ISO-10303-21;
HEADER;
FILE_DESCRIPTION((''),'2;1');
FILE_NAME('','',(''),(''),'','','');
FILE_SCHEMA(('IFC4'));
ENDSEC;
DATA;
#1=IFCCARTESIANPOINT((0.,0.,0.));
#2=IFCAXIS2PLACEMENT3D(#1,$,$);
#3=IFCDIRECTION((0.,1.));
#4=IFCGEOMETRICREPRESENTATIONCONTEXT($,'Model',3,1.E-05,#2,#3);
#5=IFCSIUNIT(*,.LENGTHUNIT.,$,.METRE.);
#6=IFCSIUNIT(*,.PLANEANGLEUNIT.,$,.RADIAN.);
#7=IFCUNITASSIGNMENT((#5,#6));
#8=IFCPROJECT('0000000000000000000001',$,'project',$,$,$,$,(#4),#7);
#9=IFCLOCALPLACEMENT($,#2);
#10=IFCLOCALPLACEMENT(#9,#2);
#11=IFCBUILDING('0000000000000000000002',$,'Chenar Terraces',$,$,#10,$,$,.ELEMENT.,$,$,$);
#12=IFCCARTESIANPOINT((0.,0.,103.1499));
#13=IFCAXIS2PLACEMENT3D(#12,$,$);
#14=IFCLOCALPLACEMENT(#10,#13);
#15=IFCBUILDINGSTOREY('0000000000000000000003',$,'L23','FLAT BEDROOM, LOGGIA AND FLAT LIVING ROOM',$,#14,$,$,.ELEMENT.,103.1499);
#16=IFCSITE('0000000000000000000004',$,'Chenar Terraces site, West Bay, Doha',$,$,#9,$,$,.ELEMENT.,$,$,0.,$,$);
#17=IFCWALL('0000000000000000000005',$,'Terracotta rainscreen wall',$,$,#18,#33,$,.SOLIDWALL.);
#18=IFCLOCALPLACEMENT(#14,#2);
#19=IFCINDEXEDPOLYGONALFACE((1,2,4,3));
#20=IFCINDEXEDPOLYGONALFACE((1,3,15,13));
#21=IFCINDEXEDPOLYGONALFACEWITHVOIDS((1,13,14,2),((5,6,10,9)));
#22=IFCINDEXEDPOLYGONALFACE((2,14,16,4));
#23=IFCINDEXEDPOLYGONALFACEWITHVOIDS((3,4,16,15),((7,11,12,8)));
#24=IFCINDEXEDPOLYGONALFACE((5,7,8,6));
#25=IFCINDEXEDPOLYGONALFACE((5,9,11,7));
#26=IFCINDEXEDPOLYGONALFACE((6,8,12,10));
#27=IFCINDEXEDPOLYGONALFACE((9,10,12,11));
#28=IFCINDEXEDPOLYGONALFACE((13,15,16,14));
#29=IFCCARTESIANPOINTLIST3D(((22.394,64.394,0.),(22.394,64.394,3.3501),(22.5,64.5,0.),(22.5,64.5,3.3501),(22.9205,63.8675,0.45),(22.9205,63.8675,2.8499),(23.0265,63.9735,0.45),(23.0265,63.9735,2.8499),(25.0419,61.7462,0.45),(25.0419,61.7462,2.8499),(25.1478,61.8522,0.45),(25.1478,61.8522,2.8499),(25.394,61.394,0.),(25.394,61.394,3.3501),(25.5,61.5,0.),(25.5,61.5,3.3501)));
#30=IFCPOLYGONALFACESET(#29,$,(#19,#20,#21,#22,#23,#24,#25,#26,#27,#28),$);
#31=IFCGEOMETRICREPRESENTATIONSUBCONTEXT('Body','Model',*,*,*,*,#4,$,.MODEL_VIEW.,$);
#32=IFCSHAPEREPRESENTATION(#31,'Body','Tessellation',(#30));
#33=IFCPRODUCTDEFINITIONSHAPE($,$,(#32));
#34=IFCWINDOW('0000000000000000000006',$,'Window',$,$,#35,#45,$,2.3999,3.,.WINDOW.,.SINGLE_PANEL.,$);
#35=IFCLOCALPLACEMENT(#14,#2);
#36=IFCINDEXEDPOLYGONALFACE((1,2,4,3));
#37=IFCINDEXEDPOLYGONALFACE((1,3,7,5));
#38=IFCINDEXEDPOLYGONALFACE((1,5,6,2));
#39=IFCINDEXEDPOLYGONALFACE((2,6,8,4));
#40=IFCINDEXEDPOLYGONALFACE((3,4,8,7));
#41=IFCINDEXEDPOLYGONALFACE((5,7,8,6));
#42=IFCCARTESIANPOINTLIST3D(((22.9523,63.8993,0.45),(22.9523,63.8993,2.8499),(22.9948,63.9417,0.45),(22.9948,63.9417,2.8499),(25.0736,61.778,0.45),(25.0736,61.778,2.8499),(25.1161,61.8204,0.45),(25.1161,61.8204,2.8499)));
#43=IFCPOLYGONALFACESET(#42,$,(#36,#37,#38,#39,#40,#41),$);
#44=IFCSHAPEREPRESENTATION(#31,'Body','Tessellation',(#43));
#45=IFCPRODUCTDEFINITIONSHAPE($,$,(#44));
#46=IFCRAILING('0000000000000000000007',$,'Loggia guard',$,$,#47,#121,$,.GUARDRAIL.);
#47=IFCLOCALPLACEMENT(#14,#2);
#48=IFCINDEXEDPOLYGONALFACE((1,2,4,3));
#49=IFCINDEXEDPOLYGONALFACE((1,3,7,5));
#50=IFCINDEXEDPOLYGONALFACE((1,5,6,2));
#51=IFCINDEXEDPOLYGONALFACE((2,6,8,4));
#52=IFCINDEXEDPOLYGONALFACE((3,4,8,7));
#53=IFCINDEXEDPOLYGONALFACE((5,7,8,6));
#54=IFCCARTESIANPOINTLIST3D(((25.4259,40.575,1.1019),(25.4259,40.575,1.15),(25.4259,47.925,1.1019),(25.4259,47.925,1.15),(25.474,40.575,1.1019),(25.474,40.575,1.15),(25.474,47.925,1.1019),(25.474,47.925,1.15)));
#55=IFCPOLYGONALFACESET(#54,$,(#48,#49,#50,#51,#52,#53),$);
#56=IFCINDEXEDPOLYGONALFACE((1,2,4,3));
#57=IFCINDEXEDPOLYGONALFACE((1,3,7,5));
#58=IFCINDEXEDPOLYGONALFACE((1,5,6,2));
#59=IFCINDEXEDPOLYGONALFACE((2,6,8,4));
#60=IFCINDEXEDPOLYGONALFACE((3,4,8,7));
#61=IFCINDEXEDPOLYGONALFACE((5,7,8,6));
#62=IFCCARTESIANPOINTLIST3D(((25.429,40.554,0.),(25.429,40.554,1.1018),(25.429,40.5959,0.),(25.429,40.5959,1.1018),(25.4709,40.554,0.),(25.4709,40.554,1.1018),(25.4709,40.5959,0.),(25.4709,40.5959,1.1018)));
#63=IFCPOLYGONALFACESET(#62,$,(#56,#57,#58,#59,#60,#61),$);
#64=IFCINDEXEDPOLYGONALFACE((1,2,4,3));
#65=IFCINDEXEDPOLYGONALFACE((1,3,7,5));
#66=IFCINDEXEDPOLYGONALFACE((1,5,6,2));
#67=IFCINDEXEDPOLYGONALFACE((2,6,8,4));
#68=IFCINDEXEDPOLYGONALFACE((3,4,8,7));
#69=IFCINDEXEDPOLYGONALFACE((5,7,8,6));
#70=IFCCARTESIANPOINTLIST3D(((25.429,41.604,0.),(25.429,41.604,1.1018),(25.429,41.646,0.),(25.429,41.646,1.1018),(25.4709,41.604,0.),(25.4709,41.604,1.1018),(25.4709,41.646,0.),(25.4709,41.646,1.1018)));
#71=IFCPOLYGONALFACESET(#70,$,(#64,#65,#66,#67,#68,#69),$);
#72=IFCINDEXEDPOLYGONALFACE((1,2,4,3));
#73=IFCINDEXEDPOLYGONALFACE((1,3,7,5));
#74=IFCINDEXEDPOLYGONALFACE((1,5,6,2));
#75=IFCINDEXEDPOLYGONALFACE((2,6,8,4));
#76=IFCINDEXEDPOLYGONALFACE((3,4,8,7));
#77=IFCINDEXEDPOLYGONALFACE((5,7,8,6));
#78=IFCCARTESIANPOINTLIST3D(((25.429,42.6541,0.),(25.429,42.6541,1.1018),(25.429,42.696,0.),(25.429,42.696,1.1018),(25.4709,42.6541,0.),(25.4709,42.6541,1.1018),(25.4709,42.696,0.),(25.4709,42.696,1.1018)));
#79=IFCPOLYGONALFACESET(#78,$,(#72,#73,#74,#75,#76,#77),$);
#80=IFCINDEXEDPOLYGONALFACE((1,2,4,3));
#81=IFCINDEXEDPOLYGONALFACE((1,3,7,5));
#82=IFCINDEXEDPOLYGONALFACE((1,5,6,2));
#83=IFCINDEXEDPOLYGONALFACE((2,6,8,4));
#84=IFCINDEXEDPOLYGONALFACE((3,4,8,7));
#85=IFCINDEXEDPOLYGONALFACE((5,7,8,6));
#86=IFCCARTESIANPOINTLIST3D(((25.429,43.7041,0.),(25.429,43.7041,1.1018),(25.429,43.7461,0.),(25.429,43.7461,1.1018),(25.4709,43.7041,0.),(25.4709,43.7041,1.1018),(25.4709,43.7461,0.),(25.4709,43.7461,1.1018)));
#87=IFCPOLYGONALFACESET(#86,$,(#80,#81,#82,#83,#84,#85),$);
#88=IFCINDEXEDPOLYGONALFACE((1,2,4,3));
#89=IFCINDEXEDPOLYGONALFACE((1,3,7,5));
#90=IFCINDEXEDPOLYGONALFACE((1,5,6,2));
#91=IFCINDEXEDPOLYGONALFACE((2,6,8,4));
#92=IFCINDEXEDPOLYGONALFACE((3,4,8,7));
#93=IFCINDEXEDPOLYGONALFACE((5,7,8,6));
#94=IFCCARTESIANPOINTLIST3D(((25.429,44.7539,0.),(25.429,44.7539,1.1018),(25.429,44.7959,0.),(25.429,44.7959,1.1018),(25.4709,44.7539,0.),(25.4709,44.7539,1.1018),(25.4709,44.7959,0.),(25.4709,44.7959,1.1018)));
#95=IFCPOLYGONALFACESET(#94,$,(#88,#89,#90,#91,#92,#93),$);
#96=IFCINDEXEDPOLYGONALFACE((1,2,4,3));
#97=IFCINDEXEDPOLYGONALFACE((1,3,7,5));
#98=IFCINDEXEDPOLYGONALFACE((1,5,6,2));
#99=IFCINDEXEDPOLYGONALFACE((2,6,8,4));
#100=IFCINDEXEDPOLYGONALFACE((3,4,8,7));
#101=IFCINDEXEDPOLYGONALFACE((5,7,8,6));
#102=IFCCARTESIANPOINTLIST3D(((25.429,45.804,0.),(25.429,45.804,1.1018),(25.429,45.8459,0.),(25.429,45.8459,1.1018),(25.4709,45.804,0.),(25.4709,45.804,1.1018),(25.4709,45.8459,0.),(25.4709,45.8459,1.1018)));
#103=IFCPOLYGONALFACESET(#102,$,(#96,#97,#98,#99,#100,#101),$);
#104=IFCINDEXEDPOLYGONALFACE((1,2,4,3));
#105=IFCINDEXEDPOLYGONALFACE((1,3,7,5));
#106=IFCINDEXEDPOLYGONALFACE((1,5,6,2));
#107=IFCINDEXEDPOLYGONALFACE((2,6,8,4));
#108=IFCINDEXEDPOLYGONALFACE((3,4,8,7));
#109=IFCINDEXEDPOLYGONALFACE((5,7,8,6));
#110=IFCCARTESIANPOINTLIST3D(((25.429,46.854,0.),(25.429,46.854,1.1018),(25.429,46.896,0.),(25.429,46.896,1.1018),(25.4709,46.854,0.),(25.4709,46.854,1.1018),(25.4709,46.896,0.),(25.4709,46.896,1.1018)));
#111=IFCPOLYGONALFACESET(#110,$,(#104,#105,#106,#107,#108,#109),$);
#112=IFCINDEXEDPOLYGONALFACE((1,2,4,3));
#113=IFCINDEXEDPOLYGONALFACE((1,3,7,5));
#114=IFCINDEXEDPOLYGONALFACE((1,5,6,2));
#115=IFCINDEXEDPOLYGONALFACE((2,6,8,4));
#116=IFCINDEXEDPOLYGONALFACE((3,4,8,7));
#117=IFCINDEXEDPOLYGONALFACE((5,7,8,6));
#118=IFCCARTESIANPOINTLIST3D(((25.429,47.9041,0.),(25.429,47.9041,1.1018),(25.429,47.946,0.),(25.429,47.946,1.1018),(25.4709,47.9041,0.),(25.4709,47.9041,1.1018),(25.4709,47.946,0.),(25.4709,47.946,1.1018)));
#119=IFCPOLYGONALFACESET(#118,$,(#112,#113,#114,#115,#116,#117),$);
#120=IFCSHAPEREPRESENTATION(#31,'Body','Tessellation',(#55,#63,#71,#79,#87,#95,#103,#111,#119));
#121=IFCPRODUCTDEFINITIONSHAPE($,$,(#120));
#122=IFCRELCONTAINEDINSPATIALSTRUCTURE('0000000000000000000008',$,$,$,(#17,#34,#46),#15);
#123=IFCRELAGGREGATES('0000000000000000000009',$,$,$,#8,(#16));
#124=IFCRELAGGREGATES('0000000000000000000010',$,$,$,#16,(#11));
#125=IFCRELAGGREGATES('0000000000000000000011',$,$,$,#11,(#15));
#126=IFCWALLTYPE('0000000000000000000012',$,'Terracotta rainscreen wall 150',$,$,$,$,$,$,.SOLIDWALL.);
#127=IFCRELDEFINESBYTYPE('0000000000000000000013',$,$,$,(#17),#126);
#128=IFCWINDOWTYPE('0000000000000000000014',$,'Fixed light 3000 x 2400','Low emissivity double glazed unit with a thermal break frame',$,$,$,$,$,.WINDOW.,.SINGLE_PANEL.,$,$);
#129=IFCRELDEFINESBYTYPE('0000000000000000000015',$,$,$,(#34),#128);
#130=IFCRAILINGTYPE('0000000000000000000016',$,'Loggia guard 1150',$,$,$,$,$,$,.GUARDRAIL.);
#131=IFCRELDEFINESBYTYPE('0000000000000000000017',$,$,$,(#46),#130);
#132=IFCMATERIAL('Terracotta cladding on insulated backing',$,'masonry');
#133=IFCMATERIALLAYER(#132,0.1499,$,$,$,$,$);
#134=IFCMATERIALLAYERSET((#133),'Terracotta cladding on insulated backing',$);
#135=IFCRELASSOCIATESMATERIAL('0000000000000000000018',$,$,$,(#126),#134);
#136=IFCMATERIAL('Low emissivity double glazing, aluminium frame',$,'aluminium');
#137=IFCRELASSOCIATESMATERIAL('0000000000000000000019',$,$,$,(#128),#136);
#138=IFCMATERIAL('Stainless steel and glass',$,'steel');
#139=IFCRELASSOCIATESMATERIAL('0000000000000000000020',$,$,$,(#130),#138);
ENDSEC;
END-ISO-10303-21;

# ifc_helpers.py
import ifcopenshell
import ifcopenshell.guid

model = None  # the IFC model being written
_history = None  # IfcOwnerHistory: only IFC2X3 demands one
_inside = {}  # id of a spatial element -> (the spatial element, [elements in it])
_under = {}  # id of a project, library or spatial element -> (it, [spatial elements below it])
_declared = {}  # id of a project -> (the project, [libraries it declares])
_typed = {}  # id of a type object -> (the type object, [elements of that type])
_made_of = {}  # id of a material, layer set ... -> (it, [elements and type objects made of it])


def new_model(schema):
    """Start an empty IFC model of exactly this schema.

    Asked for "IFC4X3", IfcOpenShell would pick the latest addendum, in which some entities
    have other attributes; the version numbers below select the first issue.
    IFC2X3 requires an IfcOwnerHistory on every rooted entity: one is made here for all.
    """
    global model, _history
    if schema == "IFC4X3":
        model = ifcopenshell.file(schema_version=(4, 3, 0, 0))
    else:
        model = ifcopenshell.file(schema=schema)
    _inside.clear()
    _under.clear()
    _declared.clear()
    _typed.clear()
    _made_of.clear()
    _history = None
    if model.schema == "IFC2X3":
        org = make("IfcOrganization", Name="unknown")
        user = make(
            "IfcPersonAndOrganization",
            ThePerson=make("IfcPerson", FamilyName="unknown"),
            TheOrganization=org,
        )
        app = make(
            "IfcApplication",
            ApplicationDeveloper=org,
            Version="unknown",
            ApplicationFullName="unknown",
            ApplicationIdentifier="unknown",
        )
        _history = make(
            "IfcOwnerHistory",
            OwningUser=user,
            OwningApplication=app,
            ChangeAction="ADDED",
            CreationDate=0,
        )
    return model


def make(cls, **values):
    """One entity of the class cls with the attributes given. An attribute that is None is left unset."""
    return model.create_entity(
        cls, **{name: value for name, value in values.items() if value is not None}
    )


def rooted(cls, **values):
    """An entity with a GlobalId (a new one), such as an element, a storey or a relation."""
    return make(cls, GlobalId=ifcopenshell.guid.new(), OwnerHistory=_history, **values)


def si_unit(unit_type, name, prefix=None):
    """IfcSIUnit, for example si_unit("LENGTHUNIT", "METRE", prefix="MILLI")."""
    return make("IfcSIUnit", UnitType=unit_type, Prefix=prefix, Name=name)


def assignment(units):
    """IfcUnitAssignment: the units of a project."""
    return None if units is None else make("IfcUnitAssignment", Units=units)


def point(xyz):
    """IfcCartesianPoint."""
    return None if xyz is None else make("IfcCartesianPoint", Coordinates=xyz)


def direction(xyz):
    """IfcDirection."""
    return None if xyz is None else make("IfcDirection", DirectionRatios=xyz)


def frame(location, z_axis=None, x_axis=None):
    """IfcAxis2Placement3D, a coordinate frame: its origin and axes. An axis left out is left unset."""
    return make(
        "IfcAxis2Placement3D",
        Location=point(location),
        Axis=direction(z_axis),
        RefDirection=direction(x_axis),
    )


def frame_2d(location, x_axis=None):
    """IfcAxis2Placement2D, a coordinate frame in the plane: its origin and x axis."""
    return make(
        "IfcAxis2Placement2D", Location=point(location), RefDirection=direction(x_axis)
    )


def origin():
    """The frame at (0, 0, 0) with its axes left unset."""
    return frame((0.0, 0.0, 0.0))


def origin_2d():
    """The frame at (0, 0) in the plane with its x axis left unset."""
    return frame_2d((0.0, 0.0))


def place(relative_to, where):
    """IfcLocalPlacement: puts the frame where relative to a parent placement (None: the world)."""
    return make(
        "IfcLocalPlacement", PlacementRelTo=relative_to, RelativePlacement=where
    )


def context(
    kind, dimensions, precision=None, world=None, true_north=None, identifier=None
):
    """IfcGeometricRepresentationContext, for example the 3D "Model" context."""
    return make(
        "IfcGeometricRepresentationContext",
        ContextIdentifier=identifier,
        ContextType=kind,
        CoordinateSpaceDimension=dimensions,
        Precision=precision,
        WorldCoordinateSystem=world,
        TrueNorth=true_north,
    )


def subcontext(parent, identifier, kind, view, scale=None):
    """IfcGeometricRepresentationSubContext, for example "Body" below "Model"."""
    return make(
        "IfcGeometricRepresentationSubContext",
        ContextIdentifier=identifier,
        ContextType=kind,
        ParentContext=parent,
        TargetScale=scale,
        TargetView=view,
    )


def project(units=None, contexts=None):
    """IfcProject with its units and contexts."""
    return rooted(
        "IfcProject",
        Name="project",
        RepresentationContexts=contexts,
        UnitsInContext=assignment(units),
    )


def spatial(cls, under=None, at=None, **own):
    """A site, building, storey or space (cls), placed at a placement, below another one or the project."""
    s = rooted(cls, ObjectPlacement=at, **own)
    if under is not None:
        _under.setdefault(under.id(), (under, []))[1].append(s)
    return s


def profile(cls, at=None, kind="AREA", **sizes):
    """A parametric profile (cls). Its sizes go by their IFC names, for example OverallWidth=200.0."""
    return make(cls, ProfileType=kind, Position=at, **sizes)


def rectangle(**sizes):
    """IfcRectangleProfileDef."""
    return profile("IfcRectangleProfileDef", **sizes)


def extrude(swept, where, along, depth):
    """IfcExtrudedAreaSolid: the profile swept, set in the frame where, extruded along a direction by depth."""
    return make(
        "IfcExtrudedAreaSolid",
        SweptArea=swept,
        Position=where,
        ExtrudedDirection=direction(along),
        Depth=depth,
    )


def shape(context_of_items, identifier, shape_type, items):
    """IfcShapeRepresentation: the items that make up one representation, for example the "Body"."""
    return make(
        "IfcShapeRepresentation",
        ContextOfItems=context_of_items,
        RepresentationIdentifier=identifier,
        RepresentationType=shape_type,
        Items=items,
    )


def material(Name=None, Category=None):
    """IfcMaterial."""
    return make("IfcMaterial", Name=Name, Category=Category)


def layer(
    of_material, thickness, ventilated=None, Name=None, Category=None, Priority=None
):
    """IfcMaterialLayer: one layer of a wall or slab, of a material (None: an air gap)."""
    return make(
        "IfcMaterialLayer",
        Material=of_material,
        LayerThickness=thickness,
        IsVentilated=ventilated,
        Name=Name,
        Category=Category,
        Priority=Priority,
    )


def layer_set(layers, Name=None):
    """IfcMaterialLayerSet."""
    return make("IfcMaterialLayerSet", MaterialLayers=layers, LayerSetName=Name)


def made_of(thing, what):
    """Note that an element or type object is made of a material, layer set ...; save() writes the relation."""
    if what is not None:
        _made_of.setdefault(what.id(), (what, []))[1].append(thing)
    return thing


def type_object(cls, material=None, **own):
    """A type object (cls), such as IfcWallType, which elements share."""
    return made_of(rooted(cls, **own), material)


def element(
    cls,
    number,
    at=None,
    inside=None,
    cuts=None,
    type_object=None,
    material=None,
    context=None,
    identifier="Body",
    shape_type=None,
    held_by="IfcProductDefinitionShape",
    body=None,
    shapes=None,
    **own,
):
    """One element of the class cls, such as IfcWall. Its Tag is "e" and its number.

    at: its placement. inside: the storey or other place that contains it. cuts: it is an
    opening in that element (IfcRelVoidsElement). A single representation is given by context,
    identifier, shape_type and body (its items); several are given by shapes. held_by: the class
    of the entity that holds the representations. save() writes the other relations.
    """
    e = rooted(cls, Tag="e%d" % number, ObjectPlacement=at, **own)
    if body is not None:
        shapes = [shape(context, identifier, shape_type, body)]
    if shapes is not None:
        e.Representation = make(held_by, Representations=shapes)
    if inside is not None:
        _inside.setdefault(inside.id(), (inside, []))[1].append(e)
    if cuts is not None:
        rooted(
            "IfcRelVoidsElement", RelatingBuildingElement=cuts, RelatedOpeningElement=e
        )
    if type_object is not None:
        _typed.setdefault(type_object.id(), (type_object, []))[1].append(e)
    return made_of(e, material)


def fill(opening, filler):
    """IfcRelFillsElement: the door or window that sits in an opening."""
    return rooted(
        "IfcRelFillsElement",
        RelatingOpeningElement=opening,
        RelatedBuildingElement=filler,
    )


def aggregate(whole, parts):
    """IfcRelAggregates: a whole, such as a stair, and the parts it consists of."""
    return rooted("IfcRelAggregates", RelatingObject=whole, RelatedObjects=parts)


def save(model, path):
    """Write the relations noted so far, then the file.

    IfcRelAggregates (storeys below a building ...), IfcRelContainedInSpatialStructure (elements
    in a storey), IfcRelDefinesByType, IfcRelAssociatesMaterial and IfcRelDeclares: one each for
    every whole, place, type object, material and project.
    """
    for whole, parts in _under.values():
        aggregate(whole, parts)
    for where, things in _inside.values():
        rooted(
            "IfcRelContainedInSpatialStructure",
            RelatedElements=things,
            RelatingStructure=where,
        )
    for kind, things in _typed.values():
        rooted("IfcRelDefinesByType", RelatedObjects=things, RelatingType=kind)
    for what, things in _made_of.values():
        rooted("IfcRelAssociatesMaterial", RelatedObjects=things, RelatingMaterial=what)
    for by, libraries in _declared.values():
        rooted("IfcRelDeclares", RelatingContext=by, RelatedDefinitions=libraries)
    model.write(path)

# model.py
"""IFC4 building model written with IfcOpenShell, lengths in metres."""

from ifc_helpers import new_model, si_unit, direction, frame, frame_2d, origin, origin_2d, place, context, subcontext, project, spatial, rectangle, extrude, material, layer, layer_set, type_object, element, fill, save


model = new_model("IFC4")

# Units and contexts
model_context = context("Model", 3, precision=1e-05, world=origin(), true_north=direction((0.0, 1.0)))
body_context = subcontext(model_context, "Body", "Model", "MODEL_VIEW")
ifc_project = project(units=[si_unit("LENGTHUNIT", "METRE"), si_unit("PLANEANGLEUNIT", "RADIAN")], contexts=[model_context])

# Site, building, storey
site_placement = place(None, origin())
site = spatial("IfcSite", under=ifc_project, at=site_placement, Name="Chenar Terraces site, West Bay, Doha", CompositionType="ELEMENT", RefElevation=0.0)
building_placement = place(site_placement, origin())
building = spatial("IfcBuilding", under=site, at=building_placement, Name="Chenar Terraces", CompositionType="ELEMENT")
storey_placement = place(building_placement, frame((0.0, 0.0, 103.1499)))
storey = spatial("IfcBuildingStorey", under=building, at=storey_placement, Name="L23", Description="FLAT BEDROOM, LOGGIA AND FLAT LIVING ROOM", CompositionType="ELEMENT", Elevation=103.1499)

# Wall, opening, window
ifc_material_1 = material(Name="Terracotta cladding on insulated backing", Category="masonry")
ifc_layer_1 = layer(ifc_material_1, 0.1499)
ifc_layer_set_1 = layer_set([ifc_layer_1], Name="Terracotta cladding on insulated backing")
wall_type_1 = type_object("IfcWallType", Name="Terracotta rainscreen wall 150", PredefinedType="SOLIDWALL", material=ifc_layer_set_1)
ifc_material_2 = material(Name="Low emissivity double glazing, aluminium frame", Category="aluminium")
window_type_1 = type_object("IfcWindowType", Name="Fixed light 3000 x 2400", Description="Low emissivity double glazed unit with a thermal break frame", PartitioningType="SINGLE_PANEL", PredefinedType="WINDOW", material=ifc_material_2)
wall_1_placement = place(storey_placement, frame((25.447, 61.447, 0.0), z_axis=(0.0, 0.0, 1.0), x_axis=(-0.707107, 0.707107, 0.0)))
wall_1 = element("IfcWall", 1, at=wall_1_placement, inside=storey, type_object=wall_type_1, Name="Terracotta rainscreen wall", PredefinedType="SOLIDWALL", context=body_context, shape_type="SweptSolid", body=[
    extrude(rectangle(XDim=4.2427, YDim=0.1499, at=frame_2d((2.1213, 0.0))), origin(), (0.0, 0.0, 1.0), 3.3501),
])
opening_1_placement = place(wall_1_placement, frame((0.498, 0.0, 0.45)))
opening_1 = element("IfcOpeningElement", 2, at=opening_1_placement, cuts=wall_1, PredefinedType="OPENING", context=body_context, shape_type="SweptSolid", body=[
    extrude(rectangle(XDim=3.0, YDim=2.3999, at=frame_2d((1.5, 1.2))), frame((0.0, 0.085, 0.0), z_axis=(0.0, -1.0, 0.0), x_axis=(1.0, 0.0, 0.0)), (0.0, 0.0, 1.0), 0.1699),
])
window_1_placement = place(opening_1_placement, origin())
window_1 = element("IfcWindow", 3, at=window_1_placement, inside=storey, type_object=window_type_1, Name="Window", OverallHeight=2.3999, OverallWidth=3.0, PartitioningType="SINGLE_PANEL", PredefinedType="WINDOW", context=body_context, shape_type="SweptSolid", body=[
    extrude(rectangle(XDim=3.0, YDim=2.3999, at=frame_2d((1.5, 1.2))), frame((0.0, 0.03, 0.0), z_axis=(0.0, -1.0, 0.0), x_axis=(1.0, 0.0, 0.0)), (0.0, 0.0, 1.0), 0.0601),
])
fill(opening_1, window_1)

# Railing
ifc_material_3 = material(Name="Stainless steel and glass", Category="steel")
railing_type = type_object("IfcRailingType", Name="Loggia guard 1150", PredefinedType="GUARDRAIL", material=ifc_material_3)
railing_placement = place(storey_placement, frame((25.45, 40.575, 0.0)))
element("IfcRailing", 4, at=railing_placement, inside=storey, type_object=railing_type, Name="Loggia guard", PredefinedType="GUARDRAIL", context=body_context, shape_type="SweptSolid", body=[
    extrude(rectangle(XDim=0.0481, YDim=0.0481, at=origin_2d()), frame((0.0, 0.0, 1.126), z_axis=(0.0, 1.0, 0.0), x_axis=(-1.0, 0.0, 0.0)), (0.0, 0.0, 1.0), 7.3501),
    extrude(rectangle(XDim=0.042, YDim=0.042, at=origin_2d()), origin(), (0.0, 0.0, 1.0), 1.1018),
    extrude(rectangle(XDim=0.042, YDim=0.042, at=origin_2d()), frame((0.0, 1.05, 0.0)), (0.0, 0.0, 1.0), 1.1018),
    extrude(rectangle(XDim=0.042, YDim=0.042, at=origin_2d()), frame((0.0, 2.1001, 0.0)), (0.0, 0.0, 1.0), 1.1018),
    extrude(rectangle(XDim=0.042, YDim=0.042, at=origin_2d()), frame((0.0, 3.1501, 0.0)), (0.0, 0.0, 1.0), 1.1018),
    extrude(rectangle(XDim=0.042, YDim=0.042, at=origin_2d()), frame((0.0, 4.2, 0.0)), (0.0, 0.0, 1.0), 1.1018),
    extrude(rectangle(XDim=0.042, YDim=0.042, at=origin_2d()), frame((0.0, 5.25, 0.0)), (0.0, 0.0, 1.0), 1.1018),
    extrude(rectangle(XDim=0.042, YDim=0.042, at=origin_2d()), frame((0.0, 6.3, 0.0)), (0.0, 0.0, 1.0), 1.1018),
    extrude(rectangle(XDim=0.042, YDim=0.042, at=origin_2d()), frame((0.0, 7.3501, 0.0)), (0.0, 0.0, 1.0), 1.1018),
])

save(model, "model.ifc")
